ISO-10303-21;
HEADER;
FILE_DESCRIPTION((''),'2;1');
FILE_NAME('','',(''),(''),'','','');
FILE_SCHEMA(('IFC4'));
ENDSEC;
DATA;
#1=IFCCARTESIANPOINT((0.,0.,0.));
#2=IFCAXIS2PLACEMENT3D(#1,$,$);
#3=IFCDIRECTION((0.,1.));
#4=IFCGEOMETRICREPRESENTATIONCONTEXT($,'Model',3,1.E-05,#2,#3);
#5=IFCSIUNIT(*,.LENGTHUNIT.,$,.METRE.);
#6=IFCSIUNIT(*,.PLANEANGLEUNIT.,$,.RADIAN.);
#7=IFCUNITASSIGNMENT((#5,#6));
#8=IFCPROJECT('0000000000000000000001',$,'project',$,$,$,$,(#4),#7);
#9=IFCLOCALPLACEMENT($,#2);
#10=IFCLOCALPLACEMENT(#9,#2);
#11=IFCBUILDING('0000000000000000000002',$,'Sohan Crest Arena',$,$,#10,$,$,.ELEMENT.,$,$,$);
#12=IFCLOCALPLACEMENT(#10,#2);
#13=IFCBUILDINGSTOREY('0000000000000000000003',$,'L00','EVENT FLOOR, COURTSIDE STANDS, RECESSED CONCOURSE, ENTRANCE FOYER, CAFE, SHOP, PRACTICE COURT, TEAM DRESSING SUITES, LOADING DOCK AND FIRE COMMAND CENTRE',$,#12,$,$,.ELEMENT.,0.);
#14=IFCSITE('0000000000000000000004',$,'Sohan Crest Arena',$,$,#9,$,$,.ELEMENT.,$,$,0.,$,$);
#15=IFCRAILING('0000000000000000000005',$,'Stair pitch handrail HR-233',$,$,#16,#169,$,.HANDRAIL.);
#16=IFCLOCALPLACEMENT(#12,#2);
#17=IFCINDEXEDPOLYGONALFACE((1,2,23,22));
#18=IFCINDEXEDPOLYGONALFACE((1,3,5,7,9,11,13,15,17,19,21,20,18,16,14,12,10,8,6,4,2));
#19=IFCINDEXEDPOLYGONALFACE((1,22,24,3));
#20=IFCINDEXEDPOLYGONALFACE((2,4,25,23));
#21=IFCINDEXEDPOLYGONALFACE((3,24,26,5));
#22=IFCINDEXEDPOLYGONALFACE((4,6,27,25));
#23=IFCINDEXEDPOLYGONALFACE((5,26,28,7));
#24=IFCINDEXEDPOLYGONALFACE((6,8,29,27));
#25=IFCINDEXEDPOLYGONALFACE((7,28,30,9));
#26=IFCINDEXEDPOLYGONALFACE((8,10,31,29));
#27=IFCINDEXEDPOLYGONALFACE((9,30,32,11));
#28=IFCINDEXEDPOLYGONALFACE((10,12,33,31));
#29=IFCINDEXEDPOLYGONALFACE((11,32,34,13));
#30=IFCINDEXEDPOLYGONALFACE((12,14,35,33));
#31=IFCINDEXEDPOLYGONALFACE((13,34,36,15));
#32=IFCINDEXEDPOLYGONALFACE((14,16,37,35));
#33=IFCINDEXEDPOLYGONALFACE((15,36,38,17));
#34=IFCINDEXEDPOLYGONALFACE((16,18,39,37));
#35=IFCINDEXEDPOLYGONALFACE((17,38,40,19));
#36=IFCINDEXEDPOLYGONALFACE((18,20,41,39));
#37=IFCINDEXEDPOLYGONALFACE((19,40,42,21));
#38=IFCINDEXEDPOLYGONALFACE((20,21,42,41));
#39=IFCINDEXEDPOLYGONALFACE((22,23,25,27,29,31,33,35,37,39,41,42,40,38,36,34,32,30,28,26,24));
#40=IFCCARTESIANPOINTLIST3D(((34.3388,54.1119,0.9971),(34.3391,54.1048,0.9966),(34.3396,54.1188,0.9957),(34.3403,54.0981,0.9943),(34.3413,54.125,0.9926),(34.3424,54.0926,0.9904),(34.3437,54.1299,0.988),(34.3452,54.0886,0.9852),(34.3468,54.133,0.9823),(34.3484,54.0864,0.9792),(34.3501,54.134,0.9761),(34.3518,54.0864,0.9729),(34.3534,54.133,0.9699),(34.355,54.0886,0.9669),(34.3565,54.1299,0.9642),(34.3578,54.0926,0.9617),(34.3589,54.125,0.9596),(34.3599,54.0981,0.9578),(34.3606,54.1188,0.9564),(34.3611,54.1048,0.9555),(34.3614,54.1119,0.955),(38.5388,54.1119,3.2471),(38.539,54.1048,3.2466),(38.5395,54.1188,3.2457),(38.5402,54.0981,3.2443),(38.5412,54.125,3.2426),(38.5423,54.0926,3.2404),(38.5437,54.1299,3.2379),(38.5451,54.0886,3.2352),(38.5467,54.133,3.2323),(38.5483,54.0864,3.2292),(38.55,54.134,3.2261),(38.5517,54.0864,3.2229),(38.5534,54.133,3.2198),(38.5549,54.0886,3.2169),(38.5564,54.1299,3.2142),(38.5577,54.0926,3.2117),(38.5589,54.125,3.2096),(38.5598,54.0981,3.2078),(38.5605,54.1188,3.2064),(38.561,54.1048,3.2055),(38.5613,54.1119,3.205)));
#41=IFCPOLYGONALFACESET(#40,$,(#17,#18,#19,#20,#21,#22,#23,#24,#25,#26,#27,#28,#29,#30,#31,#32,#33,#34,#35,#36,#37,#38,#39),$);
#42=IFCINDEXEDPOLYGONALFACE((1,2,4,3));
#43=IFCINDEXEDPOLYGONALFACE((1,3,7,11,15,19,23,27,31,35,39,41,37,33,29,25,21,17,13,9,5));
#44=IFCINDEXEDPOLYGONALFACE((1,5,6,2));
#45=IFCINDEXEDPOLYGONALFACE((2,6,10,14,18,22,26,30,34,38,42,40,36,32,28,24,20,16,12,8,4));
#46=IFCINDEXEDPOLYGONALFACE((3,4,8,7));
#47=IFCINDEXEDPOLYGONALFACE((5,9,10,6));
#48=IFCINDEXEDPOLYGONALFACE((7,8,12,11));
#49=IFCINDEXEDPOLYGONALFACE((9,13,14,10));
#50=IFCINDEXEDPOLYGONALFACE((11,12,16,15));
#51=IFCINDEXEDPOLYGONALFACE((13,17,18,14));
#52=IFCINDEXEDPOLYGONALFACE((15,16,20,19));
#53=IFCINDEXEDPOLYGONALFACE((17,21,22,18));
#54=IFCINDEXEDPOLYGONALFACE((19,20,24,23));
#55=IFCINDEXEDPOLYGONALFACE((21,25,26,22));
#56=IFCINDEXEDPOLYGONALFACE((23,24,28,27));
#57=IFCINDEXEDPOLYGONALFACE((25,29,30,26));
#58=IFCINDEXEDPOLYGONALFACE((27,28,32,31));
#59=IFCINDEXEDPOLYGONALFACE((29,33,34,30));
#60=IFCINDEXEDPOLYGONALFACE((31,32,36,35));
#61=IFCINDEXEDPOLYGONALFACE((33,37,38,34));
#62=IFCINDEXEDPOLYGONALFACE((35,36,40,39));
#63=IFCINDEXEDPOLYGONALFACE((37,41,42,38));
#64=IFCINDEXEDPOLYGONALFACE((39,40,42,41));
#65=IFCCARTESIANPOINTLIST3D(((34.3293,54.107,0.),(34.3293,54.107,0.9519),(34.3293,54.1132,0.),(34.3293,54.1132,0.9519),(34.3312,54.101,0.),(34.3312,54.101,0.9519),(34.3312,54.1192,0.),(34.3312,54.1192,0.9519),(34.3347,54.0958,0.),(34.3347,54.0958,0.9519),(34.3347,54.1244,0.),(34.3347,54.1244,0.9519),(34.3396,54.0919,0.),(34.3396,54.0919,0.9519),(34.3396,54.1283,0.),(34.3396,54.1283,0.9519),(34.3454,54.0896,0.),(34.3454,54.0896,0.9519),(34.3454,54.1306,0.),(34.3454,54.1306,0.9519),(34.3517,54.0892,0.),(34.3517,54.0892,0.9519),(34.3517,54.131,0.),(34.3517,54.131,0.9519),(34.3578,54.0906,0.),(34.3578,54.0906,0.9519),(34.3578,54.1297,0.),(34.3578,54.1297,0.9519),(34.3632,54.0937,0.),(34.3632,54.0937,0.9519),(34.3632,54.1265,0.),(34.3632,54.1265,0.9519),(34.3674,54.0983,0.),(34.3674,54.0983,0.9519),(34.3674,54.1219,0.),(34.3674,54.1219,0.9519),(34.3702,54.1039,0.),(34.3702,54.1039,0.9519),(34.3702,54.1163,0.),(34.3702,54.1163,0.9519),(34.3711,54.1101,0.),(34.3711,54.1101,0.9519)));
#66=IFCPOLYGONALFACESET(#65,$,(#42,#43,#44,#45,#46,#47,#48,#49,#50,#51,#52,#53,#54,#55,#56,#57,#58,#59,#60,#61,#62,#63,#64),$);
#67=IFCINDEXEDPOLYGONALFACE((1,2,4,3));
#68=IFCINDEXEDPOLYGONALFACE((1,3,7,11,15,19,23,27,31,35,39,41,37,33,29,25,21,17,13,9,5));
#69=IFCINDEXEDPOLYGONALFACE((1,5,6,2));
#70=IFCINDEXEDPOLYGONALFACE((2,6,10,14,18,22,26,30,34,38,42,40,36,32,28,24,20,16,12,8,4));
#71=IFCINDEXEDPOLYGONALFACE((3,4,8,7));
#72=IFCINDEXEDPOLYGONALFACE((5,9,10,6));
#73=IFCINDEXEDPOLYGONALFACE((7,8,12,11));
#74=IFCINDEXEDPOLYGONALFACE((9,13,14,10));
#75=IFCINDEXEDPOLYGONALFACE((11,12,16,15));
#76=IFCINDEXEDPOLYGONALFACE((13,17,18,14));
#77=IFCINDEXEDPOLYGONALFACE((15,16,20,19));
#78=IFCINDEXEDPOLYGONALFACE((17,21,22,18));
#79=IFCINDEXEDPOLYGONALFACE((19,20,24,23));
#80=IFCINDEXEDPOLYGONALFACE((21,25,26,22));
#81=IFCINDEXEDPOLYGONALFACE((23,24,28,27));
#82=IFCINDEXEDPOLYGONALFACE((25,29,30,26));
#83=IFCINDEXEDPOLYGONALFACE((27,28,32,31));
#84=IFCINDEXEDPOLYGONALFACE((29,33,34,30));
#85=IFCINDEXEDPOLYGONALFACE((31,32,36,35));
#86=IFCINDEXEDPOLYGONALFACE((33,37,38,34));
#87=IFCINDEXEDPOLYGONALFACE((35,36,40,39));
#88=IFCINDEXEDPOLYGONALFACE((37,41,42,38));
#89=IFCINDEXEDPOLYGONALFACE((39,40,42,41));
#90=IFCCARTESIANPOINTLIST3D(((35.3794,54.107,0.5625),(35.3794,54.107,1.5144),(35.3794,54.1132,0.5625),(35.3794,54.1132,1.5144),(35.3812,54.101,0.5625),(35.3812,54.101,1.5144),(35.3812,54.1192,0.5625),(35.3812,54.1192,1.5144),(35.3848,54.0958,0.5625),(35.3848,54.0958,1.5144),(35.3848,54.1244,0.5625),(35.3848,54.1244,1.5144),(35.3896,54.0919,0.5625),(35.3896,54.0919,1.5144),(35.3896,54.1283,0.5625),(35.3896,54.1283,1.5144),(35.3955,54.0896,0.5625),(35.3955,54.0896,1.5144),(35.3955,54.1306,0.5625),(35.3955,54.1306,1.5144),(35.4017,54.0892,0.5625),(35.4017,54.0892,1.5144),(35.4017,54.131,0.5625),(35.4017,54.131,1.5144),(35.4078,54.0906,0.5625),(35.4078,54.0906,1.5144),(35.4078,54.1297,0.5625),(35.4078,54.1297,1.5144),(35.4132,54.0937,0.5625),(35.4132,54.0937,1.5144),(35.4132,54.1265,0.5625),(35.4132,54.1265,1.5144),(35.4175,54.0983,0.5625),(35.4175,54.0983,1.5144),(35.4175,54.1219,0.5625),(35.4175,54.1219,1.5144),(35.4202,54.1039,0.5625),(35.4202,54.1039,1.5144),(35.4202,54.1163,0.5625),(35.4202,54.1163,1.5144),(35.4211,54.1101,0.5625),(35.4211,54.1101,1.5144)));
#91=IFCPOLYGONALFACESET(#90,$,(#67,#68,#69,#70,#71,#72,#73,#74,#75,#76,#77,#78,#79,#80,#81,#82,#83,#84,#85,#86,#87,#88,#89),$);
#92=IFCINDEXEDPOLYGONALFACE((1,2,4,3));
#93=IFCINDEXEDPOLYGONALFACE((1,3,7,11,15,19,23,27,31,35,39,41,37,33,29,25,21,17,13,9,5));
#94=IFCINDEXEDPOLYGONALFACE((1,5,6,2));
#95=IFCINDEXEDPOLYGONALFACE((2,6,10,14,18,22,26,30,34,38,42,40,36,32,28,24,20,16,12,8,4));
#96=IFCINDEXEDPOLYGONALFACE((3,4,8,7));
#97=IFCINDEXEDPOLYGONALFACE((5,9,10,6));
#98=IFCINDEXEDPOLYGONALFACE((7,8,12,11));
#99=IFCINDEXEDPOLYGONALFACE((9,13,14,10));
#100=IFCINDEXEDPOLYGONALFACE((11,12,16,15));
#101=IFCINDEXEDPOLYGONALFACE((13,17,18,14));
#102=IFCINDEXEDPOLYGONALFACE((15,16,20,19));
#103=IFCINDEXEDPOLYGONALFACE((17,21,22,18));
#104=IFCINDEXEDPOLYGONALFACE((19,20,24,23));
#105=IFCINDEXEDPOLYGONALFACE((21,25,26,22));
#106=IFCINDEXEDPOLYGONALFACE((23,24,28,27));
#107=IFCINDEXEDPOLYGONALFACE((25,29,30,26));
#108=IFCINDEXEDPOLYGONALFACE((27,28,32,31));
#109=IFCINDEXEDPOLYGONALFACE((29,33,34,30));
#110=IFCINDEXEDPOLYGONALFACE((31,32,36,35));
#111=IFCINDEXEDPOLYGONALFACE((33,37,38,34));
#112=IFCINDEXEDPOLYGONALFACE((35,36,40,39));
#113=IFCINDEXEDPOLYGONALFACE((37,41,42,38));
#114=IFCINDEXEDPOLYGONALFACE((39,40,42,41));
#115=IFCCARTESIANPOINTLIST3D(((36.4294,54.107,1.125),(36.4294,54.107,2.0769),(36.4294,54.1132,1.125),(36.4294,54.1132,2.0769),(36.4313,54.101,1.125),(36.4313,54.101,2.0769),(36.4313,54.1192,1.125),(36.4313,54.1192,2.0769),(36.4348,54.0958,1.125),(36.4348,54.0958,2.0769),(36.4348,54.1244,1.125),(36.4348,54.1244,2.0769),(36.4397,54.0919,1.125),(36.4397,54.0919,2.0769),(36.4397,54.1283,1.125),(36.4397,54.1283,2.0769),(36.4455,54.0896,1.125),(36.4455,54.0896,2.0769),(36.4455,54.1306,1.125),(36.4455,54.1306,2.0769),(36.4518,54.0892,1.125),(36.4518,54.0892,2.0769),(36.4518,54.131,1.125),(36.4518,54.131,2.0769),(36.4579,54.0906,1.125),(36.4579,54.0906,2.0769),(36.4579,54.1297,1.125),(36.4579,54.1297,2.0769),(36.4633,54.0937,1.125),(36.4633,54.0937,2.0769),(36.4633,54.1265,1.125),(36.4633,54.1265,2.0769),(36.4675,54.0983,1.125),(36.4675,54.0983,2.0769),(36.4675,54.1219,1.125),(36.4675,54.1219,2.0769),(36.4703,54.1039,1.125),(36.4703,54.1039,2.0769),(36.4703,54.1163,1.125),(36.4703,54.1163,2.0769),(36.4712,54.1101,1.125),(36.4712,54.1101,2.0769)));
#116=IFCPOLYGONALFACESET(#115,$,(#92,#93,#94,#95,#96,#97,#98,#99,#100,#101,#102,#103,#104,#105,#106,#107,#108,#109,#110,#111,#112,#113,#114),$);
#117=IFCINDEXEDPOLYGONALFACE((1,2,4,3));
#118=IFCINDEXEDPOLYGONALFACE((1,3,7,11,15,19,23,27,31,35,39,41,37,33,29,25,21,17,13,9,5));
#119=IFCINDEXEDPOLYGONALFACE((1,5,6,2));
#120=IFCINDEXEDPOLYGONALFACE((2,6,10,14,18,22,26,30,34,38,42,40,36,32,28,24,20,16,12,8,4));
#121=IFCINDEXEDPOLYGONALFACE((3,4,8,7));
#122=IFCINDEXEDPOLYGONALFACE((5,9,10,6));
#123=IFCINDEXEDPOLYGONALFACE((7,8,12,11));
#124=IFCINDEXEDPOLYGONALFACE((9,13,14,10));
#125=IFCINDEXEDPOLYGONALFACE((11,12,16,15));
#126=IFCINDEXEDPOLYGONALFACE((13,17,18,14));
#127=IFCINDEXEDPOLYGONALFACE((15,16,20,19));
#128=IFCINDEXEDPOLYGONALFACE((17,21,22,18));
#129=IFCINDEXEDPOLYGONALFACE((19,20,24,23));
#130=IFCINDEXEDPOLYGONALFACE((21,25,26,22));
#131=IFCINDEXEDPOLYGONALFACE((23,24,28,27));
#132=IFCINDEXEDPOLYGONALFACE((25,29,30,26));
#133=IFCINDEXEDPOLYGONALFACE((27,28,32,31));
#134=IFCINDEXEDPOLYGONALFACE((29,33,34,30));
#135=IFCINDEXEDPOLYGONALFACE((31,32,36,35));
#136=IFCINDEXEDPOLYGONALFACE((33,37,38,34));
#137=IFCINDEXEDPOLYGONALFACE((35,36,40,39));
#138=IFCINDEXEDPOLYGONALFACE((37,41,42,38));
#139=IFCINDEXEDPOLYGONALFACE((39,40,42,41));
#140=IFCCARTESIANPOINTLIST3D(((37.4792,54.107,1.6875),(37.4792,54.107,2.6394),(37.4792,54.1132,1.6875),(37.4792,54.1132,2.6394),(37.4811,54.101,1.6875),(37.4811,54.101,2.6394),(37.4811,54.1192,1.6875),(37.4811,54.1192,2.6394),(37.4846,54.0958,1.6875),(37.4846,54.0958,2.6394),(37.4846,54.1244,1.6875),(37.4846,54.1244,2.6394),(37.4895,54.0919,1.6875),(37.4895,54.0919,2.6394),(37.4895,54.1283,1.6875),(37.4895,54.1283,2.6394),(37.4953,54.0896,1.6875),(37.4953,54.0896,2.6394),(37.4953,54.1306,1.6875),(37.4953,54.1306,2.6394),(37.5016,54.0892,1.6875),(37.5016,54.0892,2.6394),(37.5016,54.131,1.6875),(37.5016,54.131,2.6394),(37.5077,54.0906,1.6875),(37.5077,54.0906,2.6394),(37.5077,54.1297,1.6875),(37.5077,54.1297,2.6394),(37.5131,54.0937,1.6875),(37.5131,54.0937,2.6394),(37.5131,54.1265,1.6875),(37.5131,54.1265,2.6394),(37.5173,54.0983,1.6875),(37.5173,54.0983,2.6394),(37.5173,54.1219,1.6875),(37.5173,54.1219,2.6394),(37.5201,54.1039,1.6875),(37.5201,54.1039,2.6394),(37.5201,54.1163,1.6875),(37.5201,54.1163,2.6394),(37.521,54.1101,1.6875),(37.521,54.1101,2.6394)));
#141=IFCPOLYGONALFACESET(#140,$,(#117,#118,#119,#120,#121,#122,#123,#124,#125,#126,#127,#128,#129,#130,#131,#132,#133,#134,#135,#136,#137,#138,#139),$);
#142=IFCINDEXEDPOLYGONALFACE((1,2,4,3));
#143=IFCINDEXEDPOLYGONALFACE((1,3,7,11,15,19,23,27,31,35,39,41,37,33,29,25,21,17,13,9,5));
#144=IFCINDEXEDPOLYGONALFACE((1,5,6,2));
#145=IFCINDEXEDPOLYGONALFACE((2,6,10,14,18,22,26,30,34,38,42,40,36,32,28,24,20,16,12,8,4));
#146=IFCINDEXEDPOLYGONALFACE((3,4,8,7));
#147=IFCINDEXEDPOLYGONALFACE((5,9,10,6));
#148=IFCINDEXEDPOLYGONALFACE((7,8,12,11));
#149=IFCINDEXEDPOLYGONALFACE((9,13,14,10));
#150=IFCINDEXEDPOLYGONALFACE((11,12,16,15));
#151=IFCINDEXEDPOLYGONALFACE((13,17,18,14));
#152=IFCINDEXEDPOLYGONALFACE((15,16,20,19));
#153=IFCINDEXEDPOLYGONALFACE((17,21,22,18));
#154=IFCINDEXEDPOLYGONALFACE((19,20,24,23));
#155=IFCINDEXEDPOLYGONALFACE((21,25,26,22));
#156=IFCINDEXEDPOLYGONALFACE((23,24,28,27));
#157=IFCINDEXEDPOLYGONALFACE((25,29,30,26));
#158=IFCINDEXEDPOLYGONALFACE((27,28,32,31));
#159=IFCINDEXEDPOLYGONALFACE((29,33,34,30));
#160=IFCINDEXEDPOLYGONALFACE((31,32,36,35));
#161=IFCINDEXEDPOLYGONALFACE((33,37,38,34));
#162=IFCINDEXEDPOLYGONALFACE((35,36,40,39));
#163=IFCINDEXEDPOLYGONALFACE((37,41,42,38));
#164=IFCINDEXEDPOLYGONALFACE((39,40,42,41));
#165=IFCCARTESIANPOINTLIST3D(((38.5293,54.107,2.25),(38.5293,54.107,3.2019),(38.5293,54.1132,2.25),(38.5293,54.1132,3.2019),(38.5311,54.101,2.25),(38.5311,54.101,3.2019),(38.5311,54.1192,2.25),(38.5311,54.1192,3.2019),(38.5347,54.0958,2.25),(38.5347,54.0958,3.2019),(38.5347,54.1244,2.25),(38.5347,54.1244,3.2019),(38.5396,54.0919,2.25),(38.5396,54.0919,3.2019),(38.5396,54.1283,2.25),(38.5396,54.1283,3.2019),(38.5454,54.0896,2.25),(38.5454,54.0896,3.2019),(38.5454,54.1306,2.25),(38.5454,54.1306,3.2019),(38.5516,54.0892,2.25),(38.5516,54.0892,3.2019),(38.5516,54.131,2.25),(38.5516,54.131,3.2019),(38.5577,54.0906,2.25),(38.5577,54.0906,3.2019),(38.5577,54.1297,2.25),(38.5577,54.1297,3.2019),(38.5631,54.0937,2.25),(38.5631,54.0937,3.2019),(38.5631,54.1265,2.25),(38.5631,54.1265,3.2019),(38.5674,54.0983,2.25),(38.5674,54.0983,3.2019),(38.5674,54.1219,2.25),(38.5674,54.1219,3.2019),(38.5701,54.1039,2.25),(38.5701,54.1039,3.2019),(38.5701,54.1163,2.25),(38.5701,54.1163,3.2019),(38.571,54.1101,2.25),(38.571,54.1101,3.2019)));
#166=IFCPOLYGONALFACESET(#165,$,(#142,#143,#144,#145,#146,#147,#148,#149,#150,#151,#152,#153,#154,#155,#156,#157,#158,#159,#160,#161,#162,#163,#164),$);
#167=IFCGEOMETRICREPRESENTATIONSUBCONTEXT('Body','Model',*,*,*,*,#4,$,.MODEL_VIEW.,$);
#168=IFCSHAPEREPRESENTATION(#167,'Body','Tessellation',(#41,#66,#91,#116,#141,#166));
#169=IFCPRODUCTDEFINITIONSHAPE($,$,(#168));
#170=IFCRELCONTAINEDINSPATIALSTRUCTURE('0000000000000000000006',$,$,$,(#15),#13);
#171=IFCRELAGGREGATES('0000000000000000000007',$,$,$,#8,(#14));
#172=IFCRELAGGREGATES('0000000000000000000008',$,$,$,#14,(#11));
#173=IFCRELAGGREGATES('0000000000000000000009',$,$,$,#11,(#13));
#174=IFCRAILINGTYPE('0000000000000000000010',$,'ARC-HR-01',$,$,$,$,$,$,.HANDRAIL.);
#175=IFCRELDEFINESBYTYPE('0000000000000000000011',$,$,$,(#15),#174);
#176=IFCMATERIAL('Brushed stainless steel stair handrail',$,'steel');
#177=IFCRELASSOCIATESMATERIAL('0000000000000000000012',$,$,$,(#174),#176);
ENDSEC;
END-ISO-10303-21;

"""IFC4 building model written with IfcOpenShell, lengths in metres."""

from ifc_helpers import new_model, si_unit, direction, frame, origin, origin_2d, place, context, subcontext, project, spatial, circle, extrude, material, type_object, element, save


model = new_model("IFC4")

# Units and contexts
model_context = context("Model", 3, precision=1e-05, world=origin(), true_north=direction((0.0, 1.0)))
body_context = subcontext(model_context, "Body", "Model", "MODEL_VIEW")
ifc_project = project(units=[si_unit("LENGTHUNIT", "METRE"), si_unit("PLANEANGLEUNIT", "RADIAN")], contexts=[model_context])

# Site, building, storey
site_placement = place(None, origin())
site = spatial("IfcSite", under=ifc_project, at=site_placement, Name="Sohan Crest Arena", CompositionType="ELEMENT", RefElevation=0.0)
building_placement = place(site_placement, origin())
building = spatial("IfcBuilding", under=site, at=building_placement, Name="Sohan Crest Arena", CompositionType="ELEMENT")
storey_placement = place(building_placement, origin())
storey = spatial("IfcBuildingStorey", under=building, at=storey_placement, Name="L00", Description="EVENT FLOOR, COURTSIDE STANDS, RECESSED CONCOURSE, ENTRANCE FOYER, CAFE, SHOP, PRACTICE COURT, TEAM DRESSING SUITES, LOADING DOCK AND FIRE COMMAND CENTRE", CompositionType="ELEMENT", Elevation=0.0)

# Railing
ifc_material_1 = material(Name="Brushed stainless steel stair handrail", Category="steel")
railing_type = type_object("IfcRailingType", Name="ARC-HR-01", PredefinedType="HANDRAIL", material=ifc_material_1)
for number, where, name in (
    (1, (34.3501, 54.1101, 0.0), "Stair pitch handrail HR-233"),
):
    element("IfcRailing", number, at=place(storey_placement, frame(where)), inside=storey, type_object=railing_type, Name=name, PredefinedType="HANDRAIL", context=body_context, shape_type="SweptSolid", body=[
        extrude(circle(Radius=0.0239, at=origin_2d()), frame((0.0, 0.0, 0.9761), z_axis=(0.881478, 0.0, 0.472226), x_axis=(0.0, 1.0, 0.0)), (0.0, 0.0, 1.0), 4.7646),
        extrude(circle(Radius=0.021, at=origin_2d()), origin(), (0.0, 0.0, 1.0), 0.9519),
        extrude(circle(Radius=0.021, at=origin_2d()), frame((1.05, 0.0, 0.5625)), (0.0, 0.0, 1.0), 0.9519),
        extrude(circle(Radius=0.021, at=origin_2d()), frame((2.1001, 0.0, 1.125)), (0.0, 0.0, 1.0), 0.9519),
        extrude(circle(Radius=0.021, at=origin_2d()), frame((3.1499, 0.0, 1.6875)), (0.0, 0.0, 1.0), 0.9519),
        extrude(circle(Radius=0.021, at=origin_2d()), frame((4.2, 0.0, 2.25)), (0.0, 0.0, 1.0), 0.9519),
    ])

save(model, "model.ifc")
